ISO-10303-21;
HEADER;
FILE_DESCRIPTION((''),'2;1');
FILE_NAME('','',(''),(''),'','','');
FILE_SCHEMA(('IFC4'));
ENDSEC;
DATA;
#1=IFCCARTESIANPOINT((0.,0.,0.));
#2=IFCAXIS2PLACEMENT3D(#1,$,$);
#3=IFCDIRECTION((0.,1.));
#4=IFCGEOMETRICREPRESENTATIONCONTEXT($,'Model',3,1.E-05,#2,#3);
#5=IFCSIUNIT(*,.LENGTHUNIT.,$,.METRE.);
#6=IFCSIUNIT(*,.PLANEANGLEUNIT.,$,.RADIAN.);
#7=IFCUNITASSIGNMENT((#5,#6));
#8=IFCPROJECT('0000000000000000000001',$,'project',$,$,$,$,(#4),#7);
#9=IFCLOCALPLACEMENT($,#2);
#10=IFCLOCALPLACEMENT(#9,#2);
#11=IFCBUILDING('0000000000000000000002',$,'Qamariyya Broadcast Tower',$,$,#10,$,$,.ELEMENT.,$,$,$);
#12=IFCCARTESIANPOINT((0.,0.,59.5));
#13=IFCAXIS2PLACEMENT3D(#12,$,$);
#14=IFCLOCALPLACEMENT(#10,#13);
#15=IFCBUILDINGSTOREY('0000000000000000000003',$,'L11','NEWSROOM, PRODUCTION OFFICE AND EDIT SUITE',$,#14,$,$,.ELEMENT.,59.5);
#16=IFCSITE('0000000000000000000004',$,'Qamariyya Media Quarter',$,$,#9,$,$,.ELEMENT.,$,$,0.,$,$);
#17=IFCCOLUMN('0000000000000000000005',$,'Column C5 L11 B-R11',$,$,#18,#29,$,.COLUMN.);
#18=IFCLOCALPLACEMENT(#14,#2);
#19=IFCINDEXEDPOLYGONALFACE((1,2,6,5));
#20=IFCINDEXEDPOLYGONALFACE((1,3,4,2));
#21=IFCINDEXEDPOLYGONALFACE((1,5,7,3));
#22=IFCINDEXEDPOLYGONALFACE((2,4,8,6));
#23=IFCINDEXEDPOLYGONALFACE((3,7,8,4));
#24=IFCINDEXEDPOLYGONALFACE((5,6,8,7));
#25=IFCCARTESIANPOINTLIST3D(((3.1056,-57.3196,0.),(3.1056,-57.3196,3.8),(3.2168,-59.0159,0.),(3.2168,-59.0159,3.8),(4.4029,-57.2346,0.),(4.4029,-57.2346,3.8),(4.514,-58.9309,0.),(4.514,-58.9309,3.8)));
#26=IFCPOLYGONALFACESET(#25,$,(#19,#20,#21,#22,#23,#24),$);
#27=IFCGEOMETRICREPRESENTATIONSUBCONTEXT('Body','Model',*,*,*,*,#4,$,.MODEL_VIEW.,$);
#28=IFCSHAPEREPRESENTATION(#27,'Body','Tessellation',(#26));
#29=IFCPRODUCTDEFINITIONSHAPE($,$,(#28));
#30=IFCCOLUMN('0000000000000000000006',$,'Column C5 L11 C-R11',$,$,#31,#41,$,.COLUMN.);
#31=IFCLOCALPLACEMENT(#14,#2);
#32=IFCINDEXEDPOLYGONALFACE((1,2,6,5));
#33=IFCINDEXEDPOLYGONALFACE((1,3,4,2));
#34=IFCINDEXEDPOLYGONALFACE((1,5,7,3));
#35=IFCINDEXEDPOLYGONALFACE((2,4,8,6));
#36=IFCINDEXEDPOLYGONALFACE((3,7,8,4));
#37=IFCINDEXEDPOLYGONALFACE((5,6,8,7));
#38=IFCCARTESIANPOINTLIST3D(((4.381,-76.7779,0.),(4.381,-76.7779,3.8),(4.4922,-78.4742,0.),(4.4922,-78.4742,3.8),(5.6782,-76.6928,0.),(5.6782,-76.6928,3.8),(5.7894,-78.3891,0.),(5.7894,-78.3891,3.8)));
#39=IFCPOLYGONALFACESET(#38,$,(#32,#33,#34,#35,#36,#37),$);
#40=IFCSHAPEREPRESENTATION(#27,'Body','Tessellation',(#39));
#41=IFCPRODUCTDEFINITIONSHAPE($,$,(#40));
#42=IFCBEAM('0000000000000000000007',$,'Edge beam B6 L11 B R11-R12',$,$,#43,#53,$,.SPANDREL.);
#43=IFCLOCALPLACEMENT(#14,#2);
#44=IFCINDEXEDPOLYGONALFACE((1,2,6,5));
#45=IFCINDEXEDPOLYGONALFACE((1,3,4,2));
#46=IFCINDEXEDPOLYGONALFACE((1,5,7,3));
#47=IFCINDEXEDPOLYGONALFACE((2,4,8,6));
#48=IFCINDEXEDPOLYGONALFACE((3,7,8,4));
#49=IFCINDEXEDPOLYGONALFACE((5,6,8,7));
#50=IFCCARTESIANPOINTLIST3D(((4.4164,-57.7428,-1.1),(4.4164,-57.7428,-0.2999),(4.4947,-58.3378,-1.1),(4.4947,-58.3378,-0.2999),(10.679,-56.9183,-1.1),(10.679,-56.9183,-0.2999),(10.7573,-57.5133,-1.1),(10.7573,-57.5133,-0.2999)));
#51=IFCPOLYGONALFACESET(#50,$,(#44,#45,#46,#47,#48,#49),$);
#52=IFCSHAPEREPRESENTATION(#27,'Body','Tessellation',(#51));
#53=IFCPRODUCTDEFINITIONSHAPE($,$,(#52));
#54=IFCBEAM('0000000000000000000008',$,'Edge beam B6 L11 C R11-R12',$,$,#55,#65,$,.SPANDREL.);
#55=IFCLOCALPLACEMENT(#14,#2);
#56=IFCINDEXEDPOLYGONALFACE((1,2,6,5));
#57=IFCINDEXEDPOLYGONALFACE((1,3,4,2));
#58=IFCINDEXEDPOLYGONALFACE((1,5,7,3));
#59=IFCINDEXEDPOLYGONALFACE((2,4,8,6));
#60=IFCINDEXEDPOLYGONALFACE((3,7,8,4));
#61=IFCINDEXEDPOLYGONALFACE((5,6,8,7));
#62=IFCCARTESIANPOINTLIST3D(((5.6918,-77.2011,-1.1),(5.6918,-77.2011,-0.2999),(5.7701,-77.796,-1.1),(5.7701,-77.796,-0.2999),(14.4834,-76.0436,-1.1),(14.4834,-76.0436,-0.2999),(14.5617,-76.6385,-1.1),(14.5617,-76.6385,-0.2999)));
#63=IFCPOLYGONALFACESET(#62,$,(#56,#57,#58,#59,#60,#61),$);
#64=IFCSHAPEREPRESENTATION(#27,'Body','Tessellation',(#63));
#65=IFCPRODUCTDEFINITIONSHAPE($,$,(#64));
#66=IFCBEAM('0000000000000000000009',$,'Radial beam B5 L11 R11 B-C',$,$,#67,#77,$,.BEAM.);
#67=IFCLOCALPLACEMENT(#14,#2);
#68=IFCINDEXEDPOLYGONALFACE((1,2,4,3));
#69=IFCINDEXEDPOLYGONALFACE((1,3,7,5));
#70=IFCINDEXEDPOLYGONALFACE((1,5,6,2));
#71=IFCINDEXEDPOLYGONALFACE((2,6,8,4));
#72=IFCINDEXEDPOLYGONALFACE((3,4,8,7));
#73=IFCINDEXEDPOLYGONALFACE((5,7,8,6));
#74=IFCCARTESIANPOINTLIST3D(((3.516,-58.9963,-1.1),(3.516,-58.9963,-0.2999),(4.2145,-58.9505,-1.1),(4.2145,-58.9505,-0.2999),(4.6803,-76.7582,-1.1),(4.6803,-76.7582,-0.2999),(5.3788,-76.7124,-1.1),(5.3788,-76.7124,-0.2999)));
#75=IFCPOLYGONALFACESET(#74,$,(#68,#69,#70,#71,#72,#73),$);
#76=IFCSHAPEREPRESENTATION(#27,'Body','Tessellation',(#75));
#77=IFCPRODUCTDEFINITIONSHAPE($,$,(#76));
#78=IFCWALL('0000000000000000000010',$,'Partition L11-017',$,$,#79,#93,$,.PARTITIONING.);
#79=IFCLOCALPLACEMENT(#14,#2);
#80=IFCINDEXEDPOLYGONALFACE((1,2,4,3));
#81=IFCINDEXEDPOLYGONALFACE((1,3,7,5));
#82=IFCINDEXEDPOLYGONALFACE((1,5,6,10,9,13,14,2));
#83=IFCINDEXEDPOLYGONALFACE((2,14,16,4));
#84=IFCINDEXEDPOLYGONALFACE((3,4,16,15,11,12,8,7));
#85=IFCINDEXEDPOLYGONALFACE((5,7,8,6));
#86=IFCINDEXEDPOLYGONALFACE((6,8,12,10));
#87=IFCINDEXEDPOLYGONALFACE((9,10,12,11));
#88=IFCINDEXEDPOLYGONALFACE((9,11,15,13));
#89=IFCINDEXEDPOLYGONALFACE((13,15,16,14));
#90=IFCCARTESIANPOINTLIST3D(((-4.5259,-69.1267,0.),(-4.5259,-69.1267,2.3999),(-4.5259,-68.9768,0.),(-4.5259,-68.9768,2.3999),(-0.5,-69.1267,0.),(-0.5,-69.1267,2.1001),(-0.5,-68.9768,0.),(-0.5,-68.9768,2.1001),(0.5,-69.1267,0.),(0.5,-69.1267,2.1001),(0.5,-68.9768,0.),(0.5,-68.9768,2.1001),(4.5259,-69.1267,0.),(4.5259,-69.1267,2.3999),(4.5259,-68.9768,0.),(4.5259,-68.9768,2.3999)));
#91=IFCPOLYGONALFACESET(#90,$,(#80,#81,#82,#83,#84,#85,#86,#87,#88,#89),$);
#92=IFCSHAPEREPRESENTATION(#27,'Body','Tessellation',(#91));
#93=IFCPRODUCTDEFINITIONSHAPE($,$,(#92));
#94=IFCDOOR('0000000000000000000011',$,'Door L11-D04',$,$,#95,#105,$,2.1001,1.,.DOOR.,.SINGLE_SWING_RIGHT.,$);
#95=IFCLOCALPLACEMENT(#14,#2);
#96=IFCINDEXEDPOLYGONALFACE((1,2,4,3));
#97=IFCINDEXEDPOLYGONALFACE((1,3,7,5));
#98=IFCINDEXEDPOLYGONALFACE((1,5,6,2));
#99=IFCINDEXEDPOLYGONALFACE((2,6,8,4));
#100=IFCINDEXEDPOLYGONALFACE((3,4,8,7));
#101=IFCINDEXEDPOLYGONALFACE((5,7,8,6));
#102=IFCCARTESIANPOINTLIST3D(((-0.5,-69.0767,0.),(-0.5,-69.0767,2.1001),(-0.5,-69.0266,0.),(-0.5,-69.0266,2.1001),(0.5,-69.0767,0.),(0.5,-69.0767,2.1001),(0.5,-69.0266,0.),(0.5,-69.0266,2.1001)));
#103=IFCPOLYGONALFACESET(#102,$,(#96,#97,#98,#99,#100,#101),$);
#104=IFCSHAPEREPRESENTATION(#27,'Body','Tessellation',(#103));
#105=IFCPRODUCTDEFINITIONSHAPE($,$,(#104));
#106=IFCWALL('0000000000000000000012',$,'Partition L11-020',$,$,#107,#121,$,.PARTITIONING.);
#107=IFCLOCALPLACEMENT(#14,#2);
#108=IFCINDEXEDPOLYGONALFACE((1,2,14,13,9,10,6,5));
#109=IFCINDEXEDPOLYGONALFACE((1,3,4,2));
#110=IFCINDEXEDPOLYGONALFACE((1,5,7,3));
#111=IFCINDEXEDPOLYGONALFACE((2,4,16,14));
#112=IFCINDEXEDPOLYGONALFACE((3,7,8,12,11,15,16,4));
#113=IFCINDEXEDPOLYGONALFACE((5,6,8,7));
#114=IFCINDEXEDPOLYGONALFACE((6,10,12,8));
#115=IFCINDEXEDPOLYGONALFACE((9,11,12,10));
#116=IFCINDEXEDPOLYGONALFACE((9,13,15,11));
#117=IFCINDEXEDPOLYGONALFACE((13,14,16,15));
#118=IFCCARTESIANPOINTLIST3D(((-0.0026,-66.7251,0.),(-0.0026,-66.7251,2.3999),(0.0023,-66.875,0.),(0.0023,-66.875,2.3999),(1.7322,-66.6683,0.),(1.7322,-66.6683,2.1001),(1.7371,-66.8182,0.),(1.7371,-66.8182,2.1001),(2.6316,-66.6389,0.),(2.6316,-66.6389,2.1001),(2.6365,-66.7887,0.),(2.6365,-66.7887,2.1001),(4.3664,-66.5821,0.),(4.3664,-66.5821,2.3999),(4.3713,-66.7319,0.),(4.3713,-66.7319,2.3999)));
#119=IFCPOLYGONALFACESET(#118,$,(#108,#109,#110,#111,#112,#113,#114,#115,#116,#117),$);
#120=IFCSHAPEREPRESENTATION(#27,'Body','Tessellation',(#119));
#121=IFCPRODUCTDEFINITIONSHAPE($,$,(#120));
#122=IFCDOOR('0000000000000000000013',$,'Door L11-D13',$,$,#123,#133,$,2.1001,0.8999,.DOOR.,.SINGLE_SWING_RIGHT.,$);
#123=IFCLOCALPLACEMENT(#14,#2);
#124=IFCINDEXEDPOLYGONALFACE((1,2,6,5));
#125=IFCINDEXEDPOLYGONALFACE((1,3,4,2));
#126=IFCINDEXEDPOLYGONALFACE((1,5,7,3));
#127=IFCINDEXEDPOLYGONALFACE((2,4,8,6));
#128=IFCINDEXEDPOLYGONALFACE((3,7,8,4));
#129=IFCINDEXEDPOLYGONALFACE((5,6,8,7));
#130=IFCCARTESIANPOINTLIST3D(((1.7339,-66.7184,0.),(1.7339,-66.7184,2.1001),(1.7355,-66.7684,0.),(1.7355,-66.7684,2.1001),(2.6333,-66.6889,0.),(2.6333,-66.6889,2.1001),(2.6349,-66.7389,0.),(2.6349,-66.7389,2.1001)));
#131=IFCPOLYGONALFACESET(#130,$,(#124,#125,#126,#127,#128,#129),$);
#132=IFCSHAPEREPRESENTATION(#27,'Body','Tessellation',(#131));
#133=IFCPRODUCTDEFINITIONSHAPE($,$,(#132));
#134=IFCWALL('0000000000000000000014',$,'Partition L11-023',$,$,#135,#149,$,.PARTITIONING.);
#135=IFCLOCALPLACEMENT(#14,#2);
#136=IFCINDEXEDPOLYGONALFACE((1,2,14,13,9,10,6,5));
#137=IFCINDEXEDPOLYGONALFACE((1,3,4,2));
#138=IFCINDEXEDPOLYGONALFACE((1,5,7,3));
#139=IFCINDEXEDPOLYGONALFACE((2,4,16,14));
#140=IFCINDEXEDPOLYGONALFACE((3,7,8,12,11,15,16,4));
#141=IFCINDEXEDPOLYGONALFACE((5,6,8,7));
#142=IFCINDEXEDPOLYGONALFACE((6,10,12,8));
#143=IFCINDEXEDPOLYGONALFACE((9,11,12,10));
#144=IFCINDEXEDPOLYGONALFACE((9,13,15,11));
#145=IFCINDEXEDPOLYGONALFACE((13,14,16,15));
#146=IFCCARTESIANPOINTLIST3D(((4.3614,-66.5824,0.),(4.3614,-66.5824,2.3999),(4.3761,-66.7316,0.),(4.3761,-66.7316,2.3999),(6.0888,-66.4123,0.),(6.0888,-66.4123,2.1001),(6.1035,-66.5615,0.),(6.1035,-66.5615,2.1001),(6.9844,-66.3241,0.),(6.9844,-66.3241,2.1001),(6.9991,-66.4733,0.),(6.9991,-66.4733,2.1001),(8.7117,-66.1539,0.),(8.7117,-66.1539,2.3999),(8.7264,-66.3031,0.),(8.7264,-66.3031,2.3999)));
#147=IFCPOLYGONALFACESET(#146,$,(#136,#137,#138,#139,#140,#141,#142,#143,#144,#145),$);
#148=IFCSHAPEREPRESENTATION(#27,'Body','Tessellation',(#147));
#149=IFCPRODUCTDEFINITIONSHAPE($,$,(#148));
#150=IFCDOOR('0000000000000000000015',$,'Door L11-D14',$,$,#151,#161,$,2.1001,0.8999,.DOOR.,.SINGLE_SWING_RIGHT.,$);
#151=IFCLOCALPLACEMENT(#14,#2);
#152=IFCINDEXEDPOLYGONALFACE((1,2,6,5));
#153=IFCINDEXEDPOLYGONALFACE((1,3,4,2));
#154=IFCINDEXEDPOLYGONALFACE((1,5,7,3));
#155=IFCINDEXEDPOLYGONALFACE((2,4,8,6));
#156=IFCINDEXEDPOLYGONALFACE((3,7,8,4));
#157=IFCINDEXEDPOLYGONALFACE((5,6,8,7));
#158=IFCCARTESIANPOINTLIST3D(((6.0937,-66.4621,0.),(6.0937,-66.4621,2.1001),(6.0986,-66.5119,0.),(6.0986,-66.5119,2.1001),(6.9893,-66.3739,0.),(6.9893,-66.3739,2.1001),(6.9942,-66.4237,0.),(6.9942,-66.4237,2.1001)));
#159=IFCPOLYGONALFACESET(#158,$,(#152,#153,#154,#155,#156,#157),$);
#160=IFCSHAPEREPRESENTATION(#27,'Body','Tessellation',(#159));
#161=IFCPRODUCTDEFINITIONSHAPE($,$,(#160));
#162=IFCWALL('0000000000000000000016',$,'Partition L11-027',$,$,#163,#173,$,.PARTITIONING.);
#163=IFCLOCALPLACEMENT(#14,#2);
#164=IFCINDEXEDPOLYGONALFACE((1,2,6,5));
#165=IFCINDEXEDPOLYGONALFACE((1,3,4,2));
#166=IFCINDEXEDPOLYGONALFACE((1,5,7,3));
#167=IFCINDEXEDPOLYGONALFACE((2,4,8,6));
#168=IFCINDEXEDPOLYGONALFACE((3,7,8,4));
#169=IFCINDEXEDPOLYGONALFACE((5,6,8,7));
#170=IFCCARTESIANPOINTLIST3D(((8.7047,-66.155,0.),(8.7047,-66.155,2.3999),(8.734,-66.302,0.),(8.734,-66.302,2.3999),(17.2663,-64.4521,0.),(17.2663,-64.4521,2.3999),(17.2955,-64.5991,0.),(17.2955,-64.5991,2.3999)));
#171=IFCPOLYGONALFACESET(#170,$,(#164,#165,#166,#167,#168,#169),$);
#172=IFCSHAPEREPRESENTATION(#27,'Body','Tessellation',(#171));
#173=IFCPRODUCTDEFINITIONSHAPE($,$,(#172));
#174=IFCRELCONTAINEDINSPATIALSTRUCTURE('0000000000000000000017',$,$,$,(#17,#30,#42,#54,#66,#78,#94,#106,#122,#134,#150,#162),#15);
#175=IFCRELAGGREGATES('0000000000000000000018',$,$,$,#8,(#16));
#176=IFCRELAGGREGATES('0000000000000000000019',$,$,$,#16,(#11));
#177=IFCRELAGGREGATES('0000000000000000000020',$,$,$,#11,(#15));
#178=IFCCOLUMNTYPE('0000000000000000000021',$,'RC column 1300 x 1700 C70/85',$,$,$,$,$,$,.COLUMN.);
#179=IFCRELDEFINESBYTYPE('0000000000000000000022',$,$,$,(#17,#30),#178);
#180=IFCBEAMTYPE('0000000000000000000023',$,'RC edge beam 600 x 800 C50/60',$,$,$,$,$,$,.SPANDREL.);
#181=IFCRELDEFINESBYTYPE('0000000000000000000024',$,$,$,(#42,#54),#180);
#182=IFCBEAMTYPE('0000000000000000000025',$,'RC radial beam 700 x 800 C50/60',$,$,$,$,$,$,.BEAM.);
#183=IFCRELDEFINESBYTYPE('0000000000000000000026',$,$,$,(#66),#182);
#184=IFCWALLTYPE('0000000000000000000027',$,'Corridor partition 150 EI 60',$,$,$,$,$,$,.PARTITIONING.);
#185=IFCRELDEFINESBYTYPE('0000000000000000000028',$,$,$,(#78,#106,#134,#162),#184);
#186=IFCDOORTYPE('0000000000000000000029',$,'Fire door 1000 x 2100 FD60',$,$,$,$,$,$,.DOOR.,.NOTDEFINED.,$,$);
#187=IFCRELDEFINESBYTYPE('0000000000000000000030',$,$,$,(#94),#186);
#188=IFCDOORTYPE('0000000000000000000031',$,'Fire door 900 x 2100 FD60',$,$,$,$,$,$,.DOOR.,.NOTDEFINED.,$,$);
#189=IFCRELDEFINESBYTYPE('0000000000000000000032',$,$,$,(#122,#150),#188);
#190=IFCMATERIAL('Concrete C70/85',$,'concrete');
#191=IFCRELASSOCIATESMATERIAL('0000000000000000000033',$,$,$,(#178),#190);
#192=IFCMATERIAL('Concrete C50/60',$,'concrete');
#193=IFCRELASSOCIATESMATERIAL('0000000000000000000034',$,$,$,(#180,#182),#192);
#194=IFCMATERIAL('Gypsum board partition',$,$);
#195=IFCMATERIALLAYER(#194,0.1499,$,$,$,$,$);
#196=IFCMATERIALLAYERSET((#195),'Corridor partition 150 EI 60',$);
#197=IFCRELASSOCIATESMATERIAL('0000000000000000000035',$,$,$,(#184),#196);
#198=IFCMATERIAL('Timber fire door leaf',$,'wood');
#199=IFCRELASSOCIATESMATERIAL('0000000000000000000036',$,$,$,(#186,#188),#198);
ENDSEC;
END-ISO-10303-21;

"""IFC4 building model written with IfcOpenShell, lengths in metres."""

from ifc_helpers import new_model, si_unit, direction, frame, frame_2d, origin, origin_2d, place, context, subcontext, project, spatial, rectangle, extrude, material, layer, layer_set, material_profile, profile_set, type_object, element, fill, save


model = new_model("IFC4")

# Units and contexts
model_context = context("Model", 3, precision=1e-05, world=origin(), true_north=direction((0.0, 1.0)))
body_context = subcontext(model_context, "Body", "Model", "MODEL_VIEW")
ifc_project = project(units=[si_unit("LENGTHUNIT", "METRE"), si_unit("PLANEANGLEUNIT", "RADIAN")], contexts=[model_context])

# Site, building, storey
site_placement = place(None, origin())
site = spatial("IfcSite", under=ifc_project, at=site_placement, Name="Qamariyya Media Quarter", CompositionType="ELEMENT", RefElevation=0.0)
building_placement = place(site_placement, origin())
building = spatial("IfcBuilding", under=site, at=building_placement, Name="Qamariyya Broadcast Tower", CompositionType="ELEMENT")
storey_placement = place(building_placement, frame((0.0, 0.0, 59.5)))
storey = spatial("IfcBuildingStorey", under=building, at=storey_placement, Name="L11", Description="NEWSROOM, PRODUCTION OFFICE AND EDIT SUITE", CompositionType="ELEMENT", Elevation=59.5)

# Columns
ifc_material_1 = material(Name="Concrete C70/85", Category="concrete")
ifc_material_profile_1 = material_profile(ifc_material_1, rectangle(XDim=1.3, YDim=1.7, at=origin_2d()))
ifc_profile_set_1 = profile_set([ifc_material_profile_1], Name="Concrete C70/85")
column_type = type_object("IfcColumnType", Name="RC column 1300 x 1700 C70/85", PredefinedType="COLUMN", material=ifc_profile_set_1)
for number, where, z_axis, x_axis, name in (
    (1, (3.8098, -58.1252, 0.0), (0.0, 0.0, 1.0), (0.997859, 0.065403, 0.0), "Column C5 L11 B-R11"),
    (2, (5.0852, -77.5835, 0.0), (0.0, 0.0, 1.0), (0.997859, 0.065403, 0.0), "Column C5 L11 C-R11"),
):
    element("IfcColumn", number, at=place(storey_placement, frame(where, z_axis=z_axis, x_axis=x_axis)), inside=storey, type_object=column_type, Name=name, PredefinedType="COLUMN", context=body_context, shape_type="SweptSolid", body=[
        extrude(rectangle(XDim=1.3, YDim=1.7, at=origin_2d()), origin(), (0.0, 0.0, 1.0), 3.8),
    ])

# Beams
ifc_material_2 = material(Name="Concrete C50/60", Category="concrete")
ifc_material_profile_2 = material_profile(ifc_material_2, rectangle(XDim=0.6001, YDim=0.8, at=origin_2d()))
ifc_profile_set_2 = profile_set([ifc_material_profile_2], Name="Concrete C50/60")
beam_type_1 = type_object("IfcBeamType", Name="RC edge beam 600 x 800 C50/60", PredefinedType="SPANDREL", material=ifc_profile_set_2)
beam_1_placement = place(storey_placement, frame((4.4556, -58.0403, -0.7), z_axis=(0.991446, 0.13052, 0.0), x_axis=(-0.13052, 0.991446, 0.0)))
element("IfcBeam", 3, at=beam_1_placement, inside=storey, type_object=beam_type_1, Name="Edge beam B6 L11 B R11-R12", PredefinedType="SPANDREL", context=body_context, shape_type="SweptSolid", body=[
    extrude(rectangle(XDim=0.6001, YDim=0.8, at=origin_2d()), origin(), (0.0, 0.0, 1.0), 6.3167),
])
beam_2_placement = place(storey_placement, frame((5.731, -77.4985, -0.7), z_axis=(0.991444, 0.130531, 0.0), x_axis=(-0.130531, 0.991444, 0.0)))
element("IfcBeam", 4, at=beam_2_placement, inside=storey, type_object=beam_type_1, Name="Edge beam B6 L11 C R11-R12", PredefinedType="SPANDREL", context=body_context, shape_type="SweptSolid", body=[
    extrude(rectangle(XDim=0.6001, YDim=0.8, at=origin_2d()), origin(), (0.0, 0.0, 1.0), 8.8674),
])
ifc_material_profile_3 = material_profile(ifc_material_2, rectangle(XDim=0.7, YDim=0.8, at=origin_2d()))
ifc_profile_set_3 = profile_set([ifc_material_profile_3], Name="Concrete C50/60")
beam_type_2 = type_object("IfcBeamType", Name="RC radial beam 700 x 800 C50/60", PredefinedType="BEAM", material=ifc_profile_set_3)
beam_3_placement = place(storey_placement, frame((3.8652, -58.9734, -0.7), z_axis=(0.06541, -0.997858, 0.0), x_axis=(0.997858, 0.06541, 0.0)))
element("IfcBeam", 5, at=beam_3_placement, inside=storey, type_object=beam_type_2, Name="Radial beam B5 L11 R11 B-C", PredefinedType="BEAM", context=body_context, shape_type="SweptSolid", body=[
    extrude(rectangle(XDim=0.7, YDim=0.8, at=origin_2d()), origin(), (0.0, 0.0, 1.0), 17.8),
])

# Walls, openings, doors
ifc_material_3 = material(Name="Gypsum board partition")
ifc_layer_1 = layer(ifc_material_3, 0.1499)
ifc_layer_set_1 = layer_set([ifc_layer_1], Name="Corridor partition 150 EI 60")
wall_type_1 = type_object("IfcWallType", Name="Corridor partition 150 EI 60", PredefinedType="PARTITIONING", material=ifc_layer_set_1)
wall_1_placement = place(storey_placement, frame((4.5259, -69.0518, 0.0), z_axis=(0.0, 0.0, 1.0), x_axis=(-1.0, 0.0, 0.0)))
wall_1 = element("IfcWall", 6, at=wall_1_placement, inside=storey, type_object=wall_type_1, Name="Partition L11-017", PredefinedType="PARTITIONING", context=body_context, shape_type="SweptSolid", body=[
    extrude(rectangle(XDim=9.0518, YDim=0.1499, at=frame_2d((4.5259, 0.0))), origin(), (0.0, 0.0, 1.0), 2.3999),
])
opening_1_placement = place(wall_1_placement, frame((4.0259, 0.0, 0.0)))
opening_1 = element("IfcOpeningElement", 7, at=opening_1_placement, cuts=wall_1, PredefinedType="OPENING", context=body_context, shape_type="SweptSolid", body=[
    extrude(rectangle(XDim=1.0, YDim=2.1001, at=frame_2d((0.5, 1.05))), frame((0.0, 0.085, 0.0), z_axis=(0.0, -1.0, 0.0), x_axis=(1.0, 0.0, 0.0)), (0.0, 0.0, 1.0), 0.1699),
])
ifc_material_4 = material(Name="Timber fire door leaf", Category="wood")
door_type_1 = type_object("IfcDoorType", Name="Fire door 1000 x 2100 FD60", OperationType="NOTDEFINED", PredefinedType="DOOR", material=ifc_material_4)
door_1_placement = place(opening_1_placement, origin())
door_1 = element("IfcDoor", 8, at=door_1_placement, inside=storey, type_object=door_type_1, Name="Door L11-D04", OperationType="SINGLE_SWING_RIGHT", OverallHeight=2.1001, OverallWidth=1.0, PredefinedType="DOOR", context=body_context, shape_type="SweptSolid", body=[
    extrude(rectangle(XDim=1.0, YDim=2.1001, at=frame_2d((0.5, 1.05))), frame((0.0, 0.0249, 0.0), z_axis=(0.0, -1.0, 0.0), x_axis=(1.0, 0.0, 0.0)), (0.0, 0.0, 1.0), 0.05),
])
fill(opening_1, door_1)
wall_2_placement = place(storey_placement, frame((0.0, -66.8, 0.0), z_axis=(0.0, 0.0, 1.0), x_axis=(0.999464, 0.032729, 0.0)))
wall_2 = element("IfcWall", 9, at=wall_2_placement, inside=storey, type_object=wall_type_1, Name="Partition L11-020", PredefinedType="PARTITIONING", context=body_context, shape_type="SweptSolid", body=[
    extrude(rectangle(XDim=4.3713, YDim=0.1499, at=frame_2d((2.1855, 0.0))), origin(), (0.0, 0.0, 1.0), 2.3999),
])
opening_2_placement = place(wall_2_placement, frame((1.7356, 0.0, 0.0)))
opening_2 = element("IfcOpeningElement", 10, at=opening_2_placement, cuts=wall_2, PredefinedType="OPENING", context=body_context, shape_type="SweptSolid", body=[
    extrude(rectangle(XDim=0.8999, YDim=2.1001, at=frame_2d((0.45, 1.05))), frame((0.0, 0.085, 0.0), z_axis=(0.0, -1.0, 0.0), x_axis=(1.0, 0.0, 0.0)), (0.0, 0.0, 1.0), 0.1699),
])
door_type_2 = type_object("IfcDoorType", Name="Fire door 900 x 2100 FD60", OperationType="NOTDEFINED", PredefinedType="DOOR", material=ifc_material_4)
door_2_placement = place(opening_2_placement, origin())
door_2 = element("IfcDoor", 11, at=door_2_placement, inside=storey, type_object=door_type_2, Name="Door L11-D13", OperationType="SINGLE_SWING_RIGHT", OverallHeight=2.1001, OverallWidth=0.8999, PredefinedType="DOOR", context=body_context, shape_type="SweptSolid", body=[
    extrude(rectangle(XDim=0.8999, YDim=2.1001, at=frame_2d((0.45, 1.05))), frame((0.0, 0.0249, 0.0), z_axis=(0.0, -1.0, 0.0), x_axis=(1.0, 0.0, 0.0)), (0.0, 0.0, 1.0), 0.05),
])
fill(opening_2, door_2)
wall_3_placement = place(storey_placement, frame((4.3689, -66.657, 0.0), z_axis=(0.0, 0.0, 1.0), x_axis=(0.995185, 0.098016, 0.0)))
wall_3 = element("IfcWall", 12, at=wall_3_placement, inside=storey, type_object=wall_type_1, Name="Partition L11-023", PredefinedType="PARTITIONING", context=body_context, shape_type="SweptSolid", body=[
    extrude(rectangle(XDim=4.3713, YDim=0.1499, at=frame_2d((2.1855, 0.0))), origin(), (0.0, 0.0, 1.0), 2.3999),
])
opening_3_placement = place(wall_3_placement, frame((1.7356, 0.0, 0.0)))
opening_3 = element("IfcOpeningElement", 13, at=opening_3_placement, cuts=wall_3, PredefinedType="OPENING", context=body_context, shape_type="SweptSolid", body=[
    extrude(rectangle(XDim=0.8999, YDim=2.1001, at=frame_2d((0.45, 1.05))), frame((0.0, 0.085, 0.0), z_axis=(0.0, -1.0, 0.0), x_axis=(1.0, 0.0, 0.0)), (0.0, 0.0, 1.0), 0.1699),
])
door_3_placement = place(opening_3_placement, origin())
door_3 = element("IfcDoor", 14, at=door_3_placement, inside=storey, type_object=door_type_2, Name="Door L11-D14", OperationType="SINGLE_SWING_RIGHT", OverallHeight=2.1001, OverallWidth=0.8999, PredefinedType="DOOR", context=body_context, shape_type="SweptSolid", body=[
    extrude(rectangle(XDim=0.8999, YDim=2.1001, at=frame_2d((0.45, 1.05))), frame((0.0, 0.0249, 0.0), z_axis=(0.0, -1.0, 0.0), x_axis=(1.0, 0.0, 0.0)), (0.0, 0.0, 1.0), 0.05),
])
fill(opening_3, door_3)

# Wall
wall_4_placement = place(storey_placement, frame((8.7192, -66.2285, 0.0), z_axis=(0.0, 0.0, 1.0), x_axis=(0.980788, 0.195078, 0.0)))
element("IfcWall", 15, at=wall_4_placement, inside=storey, type_object=wall_type_1, Name="Partition L11-027", PredefinedType="PARTITIONING", context=body_context, shape_type="SweptSolid", body=[
    extrude(rectangle(XDim=8.7292, YDim=0.1499, at=frame_2d((4.3647, 0.0))), origin(), (0.0, 0.0, 1.0), 2.3999),
])

save(model, "model.ifc")
